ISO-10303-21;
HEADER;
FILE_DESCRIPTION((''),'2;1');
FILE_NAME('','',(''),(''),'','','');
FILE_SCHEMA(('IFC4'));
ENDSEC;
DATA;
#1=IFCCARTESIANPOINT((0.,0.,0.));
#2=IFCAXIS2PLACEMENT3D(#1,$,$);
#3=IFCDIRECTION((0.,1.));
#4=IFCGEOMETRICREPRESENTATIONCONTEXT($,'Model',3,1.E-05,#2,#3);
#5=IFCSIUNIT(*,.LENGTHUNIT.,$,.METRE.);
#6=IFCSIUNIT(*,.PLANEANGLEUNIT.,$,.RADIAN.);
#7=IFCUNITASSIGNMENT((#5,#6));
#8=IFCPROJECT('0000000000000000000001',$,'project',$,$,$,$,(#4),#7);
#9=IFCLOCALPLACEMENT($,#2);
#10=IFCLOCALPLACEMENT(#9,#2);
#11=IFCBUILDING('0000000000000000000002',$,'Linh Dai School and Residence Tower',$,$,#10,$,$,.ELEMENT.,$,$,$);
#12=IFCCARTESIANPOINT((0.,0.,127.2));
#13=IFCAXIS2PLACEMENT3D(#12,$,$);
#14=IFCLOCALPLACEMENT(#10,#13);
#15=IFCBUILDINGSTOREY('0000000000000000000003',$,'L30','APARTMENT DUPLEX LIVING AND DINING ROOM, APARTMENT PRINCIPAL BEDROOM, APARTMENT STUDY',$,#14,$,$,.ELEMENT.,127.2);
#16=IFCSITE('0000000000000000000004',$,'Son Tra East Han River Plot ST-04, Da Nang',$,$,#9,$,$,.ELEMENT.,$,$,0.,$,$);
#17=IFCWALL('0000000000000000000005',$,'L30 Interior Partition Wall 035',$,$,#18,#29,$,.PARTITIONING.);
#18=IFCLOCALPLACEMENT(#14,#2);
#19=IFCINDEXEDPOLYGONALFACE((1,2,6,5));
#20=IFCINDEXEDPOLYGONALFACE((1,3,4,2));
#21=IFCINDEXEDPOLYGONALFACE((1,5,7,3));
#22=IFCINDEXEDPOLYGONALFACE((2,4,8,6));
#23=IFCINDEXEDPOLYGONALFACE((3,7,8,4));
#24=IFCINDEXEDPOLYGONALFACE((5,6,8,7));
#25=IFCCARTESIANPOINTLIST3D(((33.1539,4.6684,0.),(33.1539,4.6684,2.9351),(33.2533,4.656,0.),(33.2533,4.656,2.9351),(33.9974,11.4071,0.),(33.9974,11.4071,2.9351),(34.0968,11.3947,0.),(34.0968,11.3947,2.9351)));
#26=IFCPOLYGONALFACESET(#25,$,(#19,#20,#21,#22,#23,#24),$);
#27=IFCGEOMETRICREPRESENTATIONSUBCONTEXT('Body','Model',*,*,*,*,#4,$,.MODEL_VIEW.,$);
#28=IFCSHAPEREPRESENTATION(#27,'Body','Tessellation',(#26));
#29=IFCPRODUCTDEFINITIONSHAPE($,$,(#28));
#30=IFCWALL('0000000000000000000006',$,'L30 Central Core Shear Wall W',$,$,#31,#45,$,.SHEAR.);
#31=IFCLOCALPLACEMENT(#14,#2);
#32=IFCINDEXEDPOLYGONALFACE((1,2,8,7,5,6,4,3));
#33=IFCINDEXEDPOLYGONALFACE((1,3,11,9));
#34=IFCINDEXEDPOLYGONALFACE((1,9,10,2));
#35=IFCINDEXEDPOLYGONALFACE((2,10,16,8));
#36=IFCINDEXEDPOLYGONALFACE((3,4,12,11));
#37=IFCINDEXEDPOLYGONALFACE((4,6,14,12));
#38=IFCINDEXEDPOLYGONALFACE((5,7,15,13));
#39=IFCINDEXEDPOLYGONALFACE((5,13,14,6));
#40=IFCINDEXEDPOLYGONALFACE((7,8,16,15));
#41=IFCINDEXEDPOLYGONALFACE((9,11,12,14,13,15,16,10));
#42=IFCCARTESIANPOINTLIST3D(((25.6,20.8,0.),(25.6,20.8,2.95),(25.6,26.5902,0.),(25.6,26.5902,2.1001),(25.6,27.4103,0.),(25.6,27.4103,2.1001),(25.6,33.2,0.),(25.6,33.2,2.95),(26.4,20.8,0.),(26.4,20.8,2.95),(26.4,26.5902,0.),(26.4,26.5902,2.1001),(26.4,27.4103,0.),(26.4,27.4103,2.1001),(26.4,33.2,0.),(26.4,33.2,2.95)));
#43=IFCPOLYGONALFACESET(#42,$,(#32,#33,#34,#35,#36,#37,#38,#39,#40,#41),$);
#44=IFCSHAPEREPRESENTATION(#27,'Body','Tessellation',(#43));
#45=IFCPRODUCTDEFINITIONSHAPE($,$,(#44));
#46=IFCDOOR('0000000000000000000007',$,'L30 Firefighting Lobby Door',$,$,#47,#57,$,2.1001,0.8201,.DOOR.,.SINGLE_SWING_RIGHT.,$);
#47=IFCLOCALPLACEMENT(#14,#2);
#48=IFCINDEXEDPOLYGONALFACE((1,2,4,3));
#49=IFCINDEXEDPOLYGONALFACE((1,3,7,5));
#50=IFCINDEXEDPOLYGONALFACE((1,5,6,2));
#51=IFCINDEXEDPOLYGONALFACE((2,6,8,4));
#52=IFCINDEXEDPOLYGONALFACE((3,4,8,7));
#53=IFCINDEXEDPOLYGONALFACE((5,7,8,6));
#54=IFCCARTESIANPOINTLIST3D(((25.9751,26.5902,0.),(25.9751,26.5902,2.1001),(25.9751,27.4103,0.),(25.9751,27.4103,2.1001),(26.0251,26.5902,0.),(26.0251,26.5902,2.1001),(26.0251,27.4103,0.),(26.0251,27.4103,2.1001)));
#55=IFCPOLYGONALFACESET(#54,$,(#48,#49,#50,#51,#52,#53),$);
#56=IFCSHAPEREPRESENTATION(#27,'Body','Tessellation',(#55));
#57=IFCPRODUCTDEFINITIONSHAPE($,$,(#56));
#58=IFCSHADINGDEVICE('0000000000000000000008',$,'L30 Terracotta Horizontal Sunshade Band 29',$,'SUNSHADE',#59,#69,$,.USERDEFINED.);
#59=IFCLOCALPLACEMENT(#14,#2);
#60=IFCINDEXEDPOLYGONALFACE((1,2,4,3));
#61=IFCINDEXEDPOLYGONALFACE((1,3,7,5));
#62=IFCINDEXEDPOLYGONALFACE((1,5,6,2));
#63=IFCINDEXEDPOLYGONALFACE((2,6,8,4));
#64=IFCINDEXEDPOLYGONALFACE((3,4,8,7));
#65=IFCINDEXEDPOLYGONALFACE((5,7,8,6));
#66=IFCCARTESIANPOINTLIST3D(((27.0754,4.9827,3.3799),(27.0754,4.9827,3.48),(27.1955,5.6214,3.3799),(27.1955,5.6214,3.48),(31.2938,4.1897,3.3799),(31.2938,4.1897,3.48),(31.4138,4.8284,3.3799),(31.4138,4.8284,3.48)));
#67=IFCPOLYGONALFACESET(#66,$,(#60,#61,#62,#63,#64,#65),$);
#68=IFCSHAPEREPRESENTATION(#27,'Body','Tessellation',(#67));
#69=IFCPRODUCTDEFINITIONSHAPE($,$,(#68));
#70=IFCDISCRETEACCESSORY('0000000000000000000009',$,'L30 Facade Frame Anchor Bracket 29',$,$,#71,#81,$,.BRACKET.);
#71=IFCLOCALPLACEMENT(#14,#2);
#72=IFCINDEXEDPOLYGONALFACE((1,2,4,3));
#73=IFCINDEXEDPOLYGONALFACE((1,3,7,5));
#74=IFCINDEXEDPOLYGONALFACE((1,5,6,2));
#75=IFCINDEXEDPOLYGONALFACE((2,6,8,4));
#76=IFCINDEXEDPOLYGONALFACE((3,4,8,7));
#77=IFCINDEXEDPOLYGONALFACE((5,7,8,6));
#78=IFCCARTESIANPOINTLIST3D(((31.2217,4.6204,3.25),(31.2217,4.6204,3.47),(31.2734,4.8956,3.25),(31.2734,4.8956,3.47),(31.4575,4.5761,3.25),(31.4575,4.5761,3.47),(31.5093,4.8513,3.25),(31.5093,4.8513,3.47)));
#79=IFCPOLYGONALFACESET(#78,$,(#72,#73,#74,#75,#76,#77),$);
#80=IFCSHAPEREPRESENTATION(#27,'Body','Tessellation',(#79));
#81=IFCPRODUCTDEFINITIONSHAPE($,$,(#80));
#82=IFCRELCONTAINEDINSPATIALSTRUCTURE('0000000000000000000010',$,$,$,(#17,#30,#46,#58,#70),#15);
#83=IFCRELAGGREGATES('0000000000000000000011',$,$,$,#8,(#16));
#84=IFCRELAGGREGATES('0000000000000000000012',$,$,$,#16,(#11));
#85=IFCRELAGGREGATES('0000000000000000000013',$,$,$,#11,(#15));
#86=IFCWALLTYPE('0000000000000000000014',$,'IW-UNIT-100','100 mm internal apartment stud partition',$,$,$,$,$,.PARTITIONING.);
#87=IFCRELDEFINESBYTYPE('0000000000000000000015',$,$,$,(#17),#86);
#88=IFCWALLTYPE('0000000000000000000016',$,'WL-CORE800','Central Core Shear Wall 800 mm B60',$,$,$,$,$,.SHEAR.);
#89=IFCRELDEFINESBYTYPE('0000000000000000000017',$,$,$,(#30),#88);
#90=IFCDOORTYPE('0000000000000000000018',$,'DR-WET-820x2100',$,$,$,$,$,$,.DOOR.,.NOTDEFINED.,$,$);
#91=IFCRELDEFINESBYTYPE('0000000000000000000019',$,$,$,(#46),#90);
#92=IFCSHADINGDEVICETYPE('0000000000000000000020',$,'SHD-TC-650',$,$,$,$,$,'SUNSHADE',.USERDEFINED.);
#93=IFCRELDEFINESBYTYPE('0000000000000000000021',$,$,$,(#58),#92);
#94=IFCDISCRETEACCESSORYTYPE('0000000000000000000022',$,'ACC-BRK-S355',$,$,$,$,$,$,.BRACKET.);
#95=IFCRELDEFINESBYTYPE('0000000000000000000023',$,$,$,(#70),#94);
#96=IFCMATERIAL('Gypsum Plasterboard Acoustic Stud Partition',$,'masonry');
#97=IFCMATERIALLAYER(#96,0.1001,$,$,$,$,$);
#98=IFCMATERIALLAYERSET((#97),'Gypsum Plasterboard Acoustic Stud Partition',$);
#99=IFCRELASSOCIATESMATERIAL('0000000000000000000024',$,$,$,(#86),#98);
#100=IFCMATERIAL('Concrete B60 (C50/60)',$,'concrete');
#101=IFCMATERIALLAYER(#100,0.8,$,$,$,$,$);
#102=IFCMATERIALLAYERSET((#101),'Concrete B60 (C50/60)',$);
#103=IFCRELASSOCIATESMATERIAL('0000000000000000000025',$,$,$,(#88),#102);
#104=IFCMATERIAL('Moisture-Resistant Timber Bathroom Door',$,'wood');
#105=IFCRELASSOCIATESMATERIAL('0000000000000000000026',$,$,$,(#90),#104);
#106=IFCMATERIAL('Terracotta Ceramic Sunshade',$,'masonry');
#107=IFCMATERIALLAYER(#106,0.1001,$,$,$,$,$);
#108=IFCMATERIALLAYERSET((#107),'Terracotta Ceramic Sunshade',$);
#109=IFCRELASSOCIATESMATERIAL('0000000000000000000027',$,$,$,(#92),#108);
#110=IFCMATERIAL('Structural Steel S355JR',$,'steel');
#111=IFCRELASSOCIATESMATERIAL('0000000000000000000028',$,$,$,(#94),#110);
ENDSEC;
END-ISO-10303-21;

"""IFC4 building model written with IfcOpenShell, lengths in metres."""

from ifc_helpers import new_model, si_unit, direction, frame, frame_2d, origin, origin_2d, place, context, subcontext, project, spatial, rectangle, extrude, source, transform, mapped, material, layer, layer_set, type_object, element, fill, save


model = new_model("IFC4")

# Units and contexts
model_context = context("Model", 3, precision=1e-05, world=origin(), true_north=direction((0.0, 1.0)))
body_context = subcontext(model_context, "Body", "Model", "MODEL_VIEW")
ifc_project = project(units=[si_unit("LENGTHUNIT", "METRE"), si_unit("PLANEANGLEUNIT", "RADIAN")], contexts=[model_context])

# Site, building, storey
site_placement = place(None, origin())
site = spatial("IfcSite", under=ifc_project, at=site_placement, Name="Son Tra East Han River Plot ST-04, Da Nang", CompositionType="ELEMENT", RefElevation=0.0)
building_placement = place(site_placement, origin())
building = spatial("IfcBuilding", under=site, at=building_placement, Name="Linh Dai School and Residence Tower", CompositionType="ELEMENT")
storey_placement = place(building_placement, frame((0.0, 0.0, 127.2)))
storey = spatial("IfcBuildingStorey", under=building, at=storey_placement, Name="L30", Description="APARTMENT DUPLEX LIVING AND DINING ROOM, APARTMENT PRINCIPAL BEDROOM, APARTMENT STUDY", CompositionType="ELEMENT", Elevation=127.2)

# Shared definitions
ifc_material_1 = material(Name="Structural Steel S355JR", Category="steel")

# Shared definitions
ifc_material_2 = material(Name="Gypsum Plasterboard Acoustic Stud Partition", Category="masonry")
ifc_layer_1 = layer(ifc_material_2, 0.1001)
ifc_layer_set_1 = layer_set([ifc_layer_1], Name="Gypsum Plasterboard Acoustic Stud Partition")
wall_type_1 = type_object("IfcWallType", Name="IW-UNIT-100", Description="100 mm internal apartment stud partition", PredefinedType="PARTITIONING", material=ifc_layer_set_1)

# Wall
wall_1_placement = place(storey_placement, frame((33.2036, 4.6624, 0.0), z_axis=(0.0, 0.0, 1.0), x_axis=(0.124203, 0.992257, 0.0)))
element("IfcWall", 1, at=wall_1_placement, inside=storey, type_object=wall_type_1, Name="L30 Interior Partition Wall 035", PredefinedType="PARTITIONING", context=body_context, shape_type="SweptSolid", body=[
    extrude(rectangle(XDim=6.7913, YDim=0.1001, at=frame_2d((3.3955, 0.0))), origin(), (0.0, 0.0, 1.0), 2.9351),
])

# Wall, opening, door
ifc_material_3 = material(Name="Concrete B60 (C50/60)", Category="concrete")
ifc_layer_2 = layer(ifc_material_3, 0.8)
ifc_layer_set_2 = layer_set([ifc_layer_2], Name="Concrete B60 (C50/60)")
wall_type_2 = type_object("IfcWallType", Name="WL-CORE800", Description="Central Core Shear Wall 800 mm B60", PredefinedType="SHEAR", material=ifc_layer_set_2)
wall_2_placement = place(storey_placement, frame((26.0, 20.8, 0.0), z_axis=(0.0, 0.0, 1.0), x_axis=(0.0, 1.0, 0.0)))
wall_2 = element("IfcWall", 2, at=wall_2_placement, inside=storey, type_object=wall_type_2, Name="L30 Central Core Shear Wall W", PredefinedType="SHEAR", context=body_context, shape_type="SweptSolid", body=[
    extrude(rectangle(XDim=12.3999, YDim=0.8, at=frame_2d((6.2, 0.0))), origin(), (0.0, 0.0, 1.0), 2.95),
])
opening_1_placement = place(wall_2_placement, frame((5.79, 0.0, 0.0)))
opening_1 = element("IfcOpeningElement", 3, at=opening_1_placement, cuts=wall_2, PredefinedType="OPENING", context=body_context, shape_type="SweptSolid", body=[
    extrude(rectangle(XDim=0.8201, YDim=2.1001, at=origin_2d()), frame((0.4102, 0.4102, 1.05), z_axis=(0.0, -1.0, 0.0), x_axis=(1.0, 0.0, 0.0)), (0.0, 0.0, 1.0), 0.8201),
])
ifc_material_4 = material(Name="Moisture-Resistant Timber Bathroom Door", Category="wood")
door_type_1 = type_object("IfcDoorType", Name="DR-WET-820x2100", OperationType="NOTDEFINED", PredefinedType="DOOR", material=ifc_material_4)
shared_shape_1 = source(origin(), body_context, "Body", "SweptSolid", [
    extrude(rectangle(XDim=0.8201, YDim=2.1001, at=origin_2d()), frame((0.4102, 0.0249, 1.05), z_axis=(0.0, -1.0, 0.0), x_axis=(1.0, 0.0, 0.0)), (0.0, 0.0, 1.0), 0.05),
])
door_1_placement = place(opening_1_placement, origin())
door_1 = element("IfcDoor", 4, at=door_1_placement, inside=storey, type_object=door_type_1, Name="L30 Firefighting Lobby Door", OperationType="SINGLE_SWING_RIGHT", OverallHeight=2.1001, OverallWidth=0.8201, PredefinedType="DOOR", context=body_context, shape_type="MappedRepresentation", body=[
    mapped(shared_shape_1, transform((0.0, 0.0, 0.0), x_axis=(1.0, 0.0, 0.0), y_axis=(0.0, 1.0, 0.0), z_axis=(0.0, 0.0, 1.0), scale=1.0)),
])
fill(opening_1, door_1)

# Shading device
ifc_material_5 = material(Name="Terracotta Ceramic Sunshade", Category="masonry")
ifc_layer_3 = layer(ifc_material_5, 0.1001)
ifc_layer_set_3 = layer_set([ifc_layer_3], Name="Terracotta Ceramic Sunshade")
shading_device_type = type_object("IfcShadingDeviceType", Name="SHD-TC-650", ElementType="SUNSHADE", PredefinedType="USERDEFINED", material=ifc_layer_set_3)
shared_shape_2 = source(origin(), body_context, "Body", "SweptSolid", [
    extrude(rectangle(XDim=4.2922, YDim=0.6499, at=origin_2d()), origin(), (0.0, 0.0, 1.0), 0.1001),
])
shading_device_placement = place(storey_placement, frame((29.2446, 4.9055, 3.3799), z_axis=(0.0, 0.0, 1.0), x_axis=(-0.982785, 0.184755, 0.0)))
element("IfcShadingDevice", 5, at=shading_device_placement, inside=storey, type_object=shading_device_type, Name="L30 Terracotta Horizontal Sunshade Band 29", ObjectType="SUNSHADE", PredefinedType="USERDEFINED", context=body_context, shape_type="MappedRepresentation", body=[
    mapped(shared_shape_2, transform((0.0, 0.0, 0.0), x_axis=(1.0, 0.0, 0.0), y_axis=(0.0, 1.0, 0.0), z_axis=(0.0, 0.0, 1.0), scale=1.0)),
])

# Discrete accessory
discrete_accessory_type = type_object("IfcDiscreteAccessoryType", Name="ACC-BRK-S355", PredefinedType="BRACKET", material=ifc_material_1)
shared_shape_3 = source(origin(), body_context, "Body", "SweptSolid", [
    extrude(rectangle(XDim=0.28, YDim=0.24, at=origin_2d()), origin(), (0.0, 0.0, 1.0), 0.22),
])
discrete_accessory_placement = place(storey_placement, frame((31.3655, 4.7358, 3.25), z_axis=(0.0, 0.0, 1.0), x_axis=(-0.184755, -0.982785, 0.0)))
element("IfcDiscreteAccessory", 6, at=discrete_accessory_placement, inside=storey, type_object=discrete_accessory_type, Name="L30 Facade Frame Anchor Bracket 29", PredefinedType="BRACKET", context=body_context, shape_type="MappedRepresentation", body=[
    mapped(shared_shape_3, transform((0.0, 0.0, 0.0), x_axis=(1.0, 0.0, 0.0), y_axis=(0.0, 1.0, 0.0), z_axis=(0.0, 0.0, 1.0), scale=1.0)),
])

save(model, "model.ifc")
